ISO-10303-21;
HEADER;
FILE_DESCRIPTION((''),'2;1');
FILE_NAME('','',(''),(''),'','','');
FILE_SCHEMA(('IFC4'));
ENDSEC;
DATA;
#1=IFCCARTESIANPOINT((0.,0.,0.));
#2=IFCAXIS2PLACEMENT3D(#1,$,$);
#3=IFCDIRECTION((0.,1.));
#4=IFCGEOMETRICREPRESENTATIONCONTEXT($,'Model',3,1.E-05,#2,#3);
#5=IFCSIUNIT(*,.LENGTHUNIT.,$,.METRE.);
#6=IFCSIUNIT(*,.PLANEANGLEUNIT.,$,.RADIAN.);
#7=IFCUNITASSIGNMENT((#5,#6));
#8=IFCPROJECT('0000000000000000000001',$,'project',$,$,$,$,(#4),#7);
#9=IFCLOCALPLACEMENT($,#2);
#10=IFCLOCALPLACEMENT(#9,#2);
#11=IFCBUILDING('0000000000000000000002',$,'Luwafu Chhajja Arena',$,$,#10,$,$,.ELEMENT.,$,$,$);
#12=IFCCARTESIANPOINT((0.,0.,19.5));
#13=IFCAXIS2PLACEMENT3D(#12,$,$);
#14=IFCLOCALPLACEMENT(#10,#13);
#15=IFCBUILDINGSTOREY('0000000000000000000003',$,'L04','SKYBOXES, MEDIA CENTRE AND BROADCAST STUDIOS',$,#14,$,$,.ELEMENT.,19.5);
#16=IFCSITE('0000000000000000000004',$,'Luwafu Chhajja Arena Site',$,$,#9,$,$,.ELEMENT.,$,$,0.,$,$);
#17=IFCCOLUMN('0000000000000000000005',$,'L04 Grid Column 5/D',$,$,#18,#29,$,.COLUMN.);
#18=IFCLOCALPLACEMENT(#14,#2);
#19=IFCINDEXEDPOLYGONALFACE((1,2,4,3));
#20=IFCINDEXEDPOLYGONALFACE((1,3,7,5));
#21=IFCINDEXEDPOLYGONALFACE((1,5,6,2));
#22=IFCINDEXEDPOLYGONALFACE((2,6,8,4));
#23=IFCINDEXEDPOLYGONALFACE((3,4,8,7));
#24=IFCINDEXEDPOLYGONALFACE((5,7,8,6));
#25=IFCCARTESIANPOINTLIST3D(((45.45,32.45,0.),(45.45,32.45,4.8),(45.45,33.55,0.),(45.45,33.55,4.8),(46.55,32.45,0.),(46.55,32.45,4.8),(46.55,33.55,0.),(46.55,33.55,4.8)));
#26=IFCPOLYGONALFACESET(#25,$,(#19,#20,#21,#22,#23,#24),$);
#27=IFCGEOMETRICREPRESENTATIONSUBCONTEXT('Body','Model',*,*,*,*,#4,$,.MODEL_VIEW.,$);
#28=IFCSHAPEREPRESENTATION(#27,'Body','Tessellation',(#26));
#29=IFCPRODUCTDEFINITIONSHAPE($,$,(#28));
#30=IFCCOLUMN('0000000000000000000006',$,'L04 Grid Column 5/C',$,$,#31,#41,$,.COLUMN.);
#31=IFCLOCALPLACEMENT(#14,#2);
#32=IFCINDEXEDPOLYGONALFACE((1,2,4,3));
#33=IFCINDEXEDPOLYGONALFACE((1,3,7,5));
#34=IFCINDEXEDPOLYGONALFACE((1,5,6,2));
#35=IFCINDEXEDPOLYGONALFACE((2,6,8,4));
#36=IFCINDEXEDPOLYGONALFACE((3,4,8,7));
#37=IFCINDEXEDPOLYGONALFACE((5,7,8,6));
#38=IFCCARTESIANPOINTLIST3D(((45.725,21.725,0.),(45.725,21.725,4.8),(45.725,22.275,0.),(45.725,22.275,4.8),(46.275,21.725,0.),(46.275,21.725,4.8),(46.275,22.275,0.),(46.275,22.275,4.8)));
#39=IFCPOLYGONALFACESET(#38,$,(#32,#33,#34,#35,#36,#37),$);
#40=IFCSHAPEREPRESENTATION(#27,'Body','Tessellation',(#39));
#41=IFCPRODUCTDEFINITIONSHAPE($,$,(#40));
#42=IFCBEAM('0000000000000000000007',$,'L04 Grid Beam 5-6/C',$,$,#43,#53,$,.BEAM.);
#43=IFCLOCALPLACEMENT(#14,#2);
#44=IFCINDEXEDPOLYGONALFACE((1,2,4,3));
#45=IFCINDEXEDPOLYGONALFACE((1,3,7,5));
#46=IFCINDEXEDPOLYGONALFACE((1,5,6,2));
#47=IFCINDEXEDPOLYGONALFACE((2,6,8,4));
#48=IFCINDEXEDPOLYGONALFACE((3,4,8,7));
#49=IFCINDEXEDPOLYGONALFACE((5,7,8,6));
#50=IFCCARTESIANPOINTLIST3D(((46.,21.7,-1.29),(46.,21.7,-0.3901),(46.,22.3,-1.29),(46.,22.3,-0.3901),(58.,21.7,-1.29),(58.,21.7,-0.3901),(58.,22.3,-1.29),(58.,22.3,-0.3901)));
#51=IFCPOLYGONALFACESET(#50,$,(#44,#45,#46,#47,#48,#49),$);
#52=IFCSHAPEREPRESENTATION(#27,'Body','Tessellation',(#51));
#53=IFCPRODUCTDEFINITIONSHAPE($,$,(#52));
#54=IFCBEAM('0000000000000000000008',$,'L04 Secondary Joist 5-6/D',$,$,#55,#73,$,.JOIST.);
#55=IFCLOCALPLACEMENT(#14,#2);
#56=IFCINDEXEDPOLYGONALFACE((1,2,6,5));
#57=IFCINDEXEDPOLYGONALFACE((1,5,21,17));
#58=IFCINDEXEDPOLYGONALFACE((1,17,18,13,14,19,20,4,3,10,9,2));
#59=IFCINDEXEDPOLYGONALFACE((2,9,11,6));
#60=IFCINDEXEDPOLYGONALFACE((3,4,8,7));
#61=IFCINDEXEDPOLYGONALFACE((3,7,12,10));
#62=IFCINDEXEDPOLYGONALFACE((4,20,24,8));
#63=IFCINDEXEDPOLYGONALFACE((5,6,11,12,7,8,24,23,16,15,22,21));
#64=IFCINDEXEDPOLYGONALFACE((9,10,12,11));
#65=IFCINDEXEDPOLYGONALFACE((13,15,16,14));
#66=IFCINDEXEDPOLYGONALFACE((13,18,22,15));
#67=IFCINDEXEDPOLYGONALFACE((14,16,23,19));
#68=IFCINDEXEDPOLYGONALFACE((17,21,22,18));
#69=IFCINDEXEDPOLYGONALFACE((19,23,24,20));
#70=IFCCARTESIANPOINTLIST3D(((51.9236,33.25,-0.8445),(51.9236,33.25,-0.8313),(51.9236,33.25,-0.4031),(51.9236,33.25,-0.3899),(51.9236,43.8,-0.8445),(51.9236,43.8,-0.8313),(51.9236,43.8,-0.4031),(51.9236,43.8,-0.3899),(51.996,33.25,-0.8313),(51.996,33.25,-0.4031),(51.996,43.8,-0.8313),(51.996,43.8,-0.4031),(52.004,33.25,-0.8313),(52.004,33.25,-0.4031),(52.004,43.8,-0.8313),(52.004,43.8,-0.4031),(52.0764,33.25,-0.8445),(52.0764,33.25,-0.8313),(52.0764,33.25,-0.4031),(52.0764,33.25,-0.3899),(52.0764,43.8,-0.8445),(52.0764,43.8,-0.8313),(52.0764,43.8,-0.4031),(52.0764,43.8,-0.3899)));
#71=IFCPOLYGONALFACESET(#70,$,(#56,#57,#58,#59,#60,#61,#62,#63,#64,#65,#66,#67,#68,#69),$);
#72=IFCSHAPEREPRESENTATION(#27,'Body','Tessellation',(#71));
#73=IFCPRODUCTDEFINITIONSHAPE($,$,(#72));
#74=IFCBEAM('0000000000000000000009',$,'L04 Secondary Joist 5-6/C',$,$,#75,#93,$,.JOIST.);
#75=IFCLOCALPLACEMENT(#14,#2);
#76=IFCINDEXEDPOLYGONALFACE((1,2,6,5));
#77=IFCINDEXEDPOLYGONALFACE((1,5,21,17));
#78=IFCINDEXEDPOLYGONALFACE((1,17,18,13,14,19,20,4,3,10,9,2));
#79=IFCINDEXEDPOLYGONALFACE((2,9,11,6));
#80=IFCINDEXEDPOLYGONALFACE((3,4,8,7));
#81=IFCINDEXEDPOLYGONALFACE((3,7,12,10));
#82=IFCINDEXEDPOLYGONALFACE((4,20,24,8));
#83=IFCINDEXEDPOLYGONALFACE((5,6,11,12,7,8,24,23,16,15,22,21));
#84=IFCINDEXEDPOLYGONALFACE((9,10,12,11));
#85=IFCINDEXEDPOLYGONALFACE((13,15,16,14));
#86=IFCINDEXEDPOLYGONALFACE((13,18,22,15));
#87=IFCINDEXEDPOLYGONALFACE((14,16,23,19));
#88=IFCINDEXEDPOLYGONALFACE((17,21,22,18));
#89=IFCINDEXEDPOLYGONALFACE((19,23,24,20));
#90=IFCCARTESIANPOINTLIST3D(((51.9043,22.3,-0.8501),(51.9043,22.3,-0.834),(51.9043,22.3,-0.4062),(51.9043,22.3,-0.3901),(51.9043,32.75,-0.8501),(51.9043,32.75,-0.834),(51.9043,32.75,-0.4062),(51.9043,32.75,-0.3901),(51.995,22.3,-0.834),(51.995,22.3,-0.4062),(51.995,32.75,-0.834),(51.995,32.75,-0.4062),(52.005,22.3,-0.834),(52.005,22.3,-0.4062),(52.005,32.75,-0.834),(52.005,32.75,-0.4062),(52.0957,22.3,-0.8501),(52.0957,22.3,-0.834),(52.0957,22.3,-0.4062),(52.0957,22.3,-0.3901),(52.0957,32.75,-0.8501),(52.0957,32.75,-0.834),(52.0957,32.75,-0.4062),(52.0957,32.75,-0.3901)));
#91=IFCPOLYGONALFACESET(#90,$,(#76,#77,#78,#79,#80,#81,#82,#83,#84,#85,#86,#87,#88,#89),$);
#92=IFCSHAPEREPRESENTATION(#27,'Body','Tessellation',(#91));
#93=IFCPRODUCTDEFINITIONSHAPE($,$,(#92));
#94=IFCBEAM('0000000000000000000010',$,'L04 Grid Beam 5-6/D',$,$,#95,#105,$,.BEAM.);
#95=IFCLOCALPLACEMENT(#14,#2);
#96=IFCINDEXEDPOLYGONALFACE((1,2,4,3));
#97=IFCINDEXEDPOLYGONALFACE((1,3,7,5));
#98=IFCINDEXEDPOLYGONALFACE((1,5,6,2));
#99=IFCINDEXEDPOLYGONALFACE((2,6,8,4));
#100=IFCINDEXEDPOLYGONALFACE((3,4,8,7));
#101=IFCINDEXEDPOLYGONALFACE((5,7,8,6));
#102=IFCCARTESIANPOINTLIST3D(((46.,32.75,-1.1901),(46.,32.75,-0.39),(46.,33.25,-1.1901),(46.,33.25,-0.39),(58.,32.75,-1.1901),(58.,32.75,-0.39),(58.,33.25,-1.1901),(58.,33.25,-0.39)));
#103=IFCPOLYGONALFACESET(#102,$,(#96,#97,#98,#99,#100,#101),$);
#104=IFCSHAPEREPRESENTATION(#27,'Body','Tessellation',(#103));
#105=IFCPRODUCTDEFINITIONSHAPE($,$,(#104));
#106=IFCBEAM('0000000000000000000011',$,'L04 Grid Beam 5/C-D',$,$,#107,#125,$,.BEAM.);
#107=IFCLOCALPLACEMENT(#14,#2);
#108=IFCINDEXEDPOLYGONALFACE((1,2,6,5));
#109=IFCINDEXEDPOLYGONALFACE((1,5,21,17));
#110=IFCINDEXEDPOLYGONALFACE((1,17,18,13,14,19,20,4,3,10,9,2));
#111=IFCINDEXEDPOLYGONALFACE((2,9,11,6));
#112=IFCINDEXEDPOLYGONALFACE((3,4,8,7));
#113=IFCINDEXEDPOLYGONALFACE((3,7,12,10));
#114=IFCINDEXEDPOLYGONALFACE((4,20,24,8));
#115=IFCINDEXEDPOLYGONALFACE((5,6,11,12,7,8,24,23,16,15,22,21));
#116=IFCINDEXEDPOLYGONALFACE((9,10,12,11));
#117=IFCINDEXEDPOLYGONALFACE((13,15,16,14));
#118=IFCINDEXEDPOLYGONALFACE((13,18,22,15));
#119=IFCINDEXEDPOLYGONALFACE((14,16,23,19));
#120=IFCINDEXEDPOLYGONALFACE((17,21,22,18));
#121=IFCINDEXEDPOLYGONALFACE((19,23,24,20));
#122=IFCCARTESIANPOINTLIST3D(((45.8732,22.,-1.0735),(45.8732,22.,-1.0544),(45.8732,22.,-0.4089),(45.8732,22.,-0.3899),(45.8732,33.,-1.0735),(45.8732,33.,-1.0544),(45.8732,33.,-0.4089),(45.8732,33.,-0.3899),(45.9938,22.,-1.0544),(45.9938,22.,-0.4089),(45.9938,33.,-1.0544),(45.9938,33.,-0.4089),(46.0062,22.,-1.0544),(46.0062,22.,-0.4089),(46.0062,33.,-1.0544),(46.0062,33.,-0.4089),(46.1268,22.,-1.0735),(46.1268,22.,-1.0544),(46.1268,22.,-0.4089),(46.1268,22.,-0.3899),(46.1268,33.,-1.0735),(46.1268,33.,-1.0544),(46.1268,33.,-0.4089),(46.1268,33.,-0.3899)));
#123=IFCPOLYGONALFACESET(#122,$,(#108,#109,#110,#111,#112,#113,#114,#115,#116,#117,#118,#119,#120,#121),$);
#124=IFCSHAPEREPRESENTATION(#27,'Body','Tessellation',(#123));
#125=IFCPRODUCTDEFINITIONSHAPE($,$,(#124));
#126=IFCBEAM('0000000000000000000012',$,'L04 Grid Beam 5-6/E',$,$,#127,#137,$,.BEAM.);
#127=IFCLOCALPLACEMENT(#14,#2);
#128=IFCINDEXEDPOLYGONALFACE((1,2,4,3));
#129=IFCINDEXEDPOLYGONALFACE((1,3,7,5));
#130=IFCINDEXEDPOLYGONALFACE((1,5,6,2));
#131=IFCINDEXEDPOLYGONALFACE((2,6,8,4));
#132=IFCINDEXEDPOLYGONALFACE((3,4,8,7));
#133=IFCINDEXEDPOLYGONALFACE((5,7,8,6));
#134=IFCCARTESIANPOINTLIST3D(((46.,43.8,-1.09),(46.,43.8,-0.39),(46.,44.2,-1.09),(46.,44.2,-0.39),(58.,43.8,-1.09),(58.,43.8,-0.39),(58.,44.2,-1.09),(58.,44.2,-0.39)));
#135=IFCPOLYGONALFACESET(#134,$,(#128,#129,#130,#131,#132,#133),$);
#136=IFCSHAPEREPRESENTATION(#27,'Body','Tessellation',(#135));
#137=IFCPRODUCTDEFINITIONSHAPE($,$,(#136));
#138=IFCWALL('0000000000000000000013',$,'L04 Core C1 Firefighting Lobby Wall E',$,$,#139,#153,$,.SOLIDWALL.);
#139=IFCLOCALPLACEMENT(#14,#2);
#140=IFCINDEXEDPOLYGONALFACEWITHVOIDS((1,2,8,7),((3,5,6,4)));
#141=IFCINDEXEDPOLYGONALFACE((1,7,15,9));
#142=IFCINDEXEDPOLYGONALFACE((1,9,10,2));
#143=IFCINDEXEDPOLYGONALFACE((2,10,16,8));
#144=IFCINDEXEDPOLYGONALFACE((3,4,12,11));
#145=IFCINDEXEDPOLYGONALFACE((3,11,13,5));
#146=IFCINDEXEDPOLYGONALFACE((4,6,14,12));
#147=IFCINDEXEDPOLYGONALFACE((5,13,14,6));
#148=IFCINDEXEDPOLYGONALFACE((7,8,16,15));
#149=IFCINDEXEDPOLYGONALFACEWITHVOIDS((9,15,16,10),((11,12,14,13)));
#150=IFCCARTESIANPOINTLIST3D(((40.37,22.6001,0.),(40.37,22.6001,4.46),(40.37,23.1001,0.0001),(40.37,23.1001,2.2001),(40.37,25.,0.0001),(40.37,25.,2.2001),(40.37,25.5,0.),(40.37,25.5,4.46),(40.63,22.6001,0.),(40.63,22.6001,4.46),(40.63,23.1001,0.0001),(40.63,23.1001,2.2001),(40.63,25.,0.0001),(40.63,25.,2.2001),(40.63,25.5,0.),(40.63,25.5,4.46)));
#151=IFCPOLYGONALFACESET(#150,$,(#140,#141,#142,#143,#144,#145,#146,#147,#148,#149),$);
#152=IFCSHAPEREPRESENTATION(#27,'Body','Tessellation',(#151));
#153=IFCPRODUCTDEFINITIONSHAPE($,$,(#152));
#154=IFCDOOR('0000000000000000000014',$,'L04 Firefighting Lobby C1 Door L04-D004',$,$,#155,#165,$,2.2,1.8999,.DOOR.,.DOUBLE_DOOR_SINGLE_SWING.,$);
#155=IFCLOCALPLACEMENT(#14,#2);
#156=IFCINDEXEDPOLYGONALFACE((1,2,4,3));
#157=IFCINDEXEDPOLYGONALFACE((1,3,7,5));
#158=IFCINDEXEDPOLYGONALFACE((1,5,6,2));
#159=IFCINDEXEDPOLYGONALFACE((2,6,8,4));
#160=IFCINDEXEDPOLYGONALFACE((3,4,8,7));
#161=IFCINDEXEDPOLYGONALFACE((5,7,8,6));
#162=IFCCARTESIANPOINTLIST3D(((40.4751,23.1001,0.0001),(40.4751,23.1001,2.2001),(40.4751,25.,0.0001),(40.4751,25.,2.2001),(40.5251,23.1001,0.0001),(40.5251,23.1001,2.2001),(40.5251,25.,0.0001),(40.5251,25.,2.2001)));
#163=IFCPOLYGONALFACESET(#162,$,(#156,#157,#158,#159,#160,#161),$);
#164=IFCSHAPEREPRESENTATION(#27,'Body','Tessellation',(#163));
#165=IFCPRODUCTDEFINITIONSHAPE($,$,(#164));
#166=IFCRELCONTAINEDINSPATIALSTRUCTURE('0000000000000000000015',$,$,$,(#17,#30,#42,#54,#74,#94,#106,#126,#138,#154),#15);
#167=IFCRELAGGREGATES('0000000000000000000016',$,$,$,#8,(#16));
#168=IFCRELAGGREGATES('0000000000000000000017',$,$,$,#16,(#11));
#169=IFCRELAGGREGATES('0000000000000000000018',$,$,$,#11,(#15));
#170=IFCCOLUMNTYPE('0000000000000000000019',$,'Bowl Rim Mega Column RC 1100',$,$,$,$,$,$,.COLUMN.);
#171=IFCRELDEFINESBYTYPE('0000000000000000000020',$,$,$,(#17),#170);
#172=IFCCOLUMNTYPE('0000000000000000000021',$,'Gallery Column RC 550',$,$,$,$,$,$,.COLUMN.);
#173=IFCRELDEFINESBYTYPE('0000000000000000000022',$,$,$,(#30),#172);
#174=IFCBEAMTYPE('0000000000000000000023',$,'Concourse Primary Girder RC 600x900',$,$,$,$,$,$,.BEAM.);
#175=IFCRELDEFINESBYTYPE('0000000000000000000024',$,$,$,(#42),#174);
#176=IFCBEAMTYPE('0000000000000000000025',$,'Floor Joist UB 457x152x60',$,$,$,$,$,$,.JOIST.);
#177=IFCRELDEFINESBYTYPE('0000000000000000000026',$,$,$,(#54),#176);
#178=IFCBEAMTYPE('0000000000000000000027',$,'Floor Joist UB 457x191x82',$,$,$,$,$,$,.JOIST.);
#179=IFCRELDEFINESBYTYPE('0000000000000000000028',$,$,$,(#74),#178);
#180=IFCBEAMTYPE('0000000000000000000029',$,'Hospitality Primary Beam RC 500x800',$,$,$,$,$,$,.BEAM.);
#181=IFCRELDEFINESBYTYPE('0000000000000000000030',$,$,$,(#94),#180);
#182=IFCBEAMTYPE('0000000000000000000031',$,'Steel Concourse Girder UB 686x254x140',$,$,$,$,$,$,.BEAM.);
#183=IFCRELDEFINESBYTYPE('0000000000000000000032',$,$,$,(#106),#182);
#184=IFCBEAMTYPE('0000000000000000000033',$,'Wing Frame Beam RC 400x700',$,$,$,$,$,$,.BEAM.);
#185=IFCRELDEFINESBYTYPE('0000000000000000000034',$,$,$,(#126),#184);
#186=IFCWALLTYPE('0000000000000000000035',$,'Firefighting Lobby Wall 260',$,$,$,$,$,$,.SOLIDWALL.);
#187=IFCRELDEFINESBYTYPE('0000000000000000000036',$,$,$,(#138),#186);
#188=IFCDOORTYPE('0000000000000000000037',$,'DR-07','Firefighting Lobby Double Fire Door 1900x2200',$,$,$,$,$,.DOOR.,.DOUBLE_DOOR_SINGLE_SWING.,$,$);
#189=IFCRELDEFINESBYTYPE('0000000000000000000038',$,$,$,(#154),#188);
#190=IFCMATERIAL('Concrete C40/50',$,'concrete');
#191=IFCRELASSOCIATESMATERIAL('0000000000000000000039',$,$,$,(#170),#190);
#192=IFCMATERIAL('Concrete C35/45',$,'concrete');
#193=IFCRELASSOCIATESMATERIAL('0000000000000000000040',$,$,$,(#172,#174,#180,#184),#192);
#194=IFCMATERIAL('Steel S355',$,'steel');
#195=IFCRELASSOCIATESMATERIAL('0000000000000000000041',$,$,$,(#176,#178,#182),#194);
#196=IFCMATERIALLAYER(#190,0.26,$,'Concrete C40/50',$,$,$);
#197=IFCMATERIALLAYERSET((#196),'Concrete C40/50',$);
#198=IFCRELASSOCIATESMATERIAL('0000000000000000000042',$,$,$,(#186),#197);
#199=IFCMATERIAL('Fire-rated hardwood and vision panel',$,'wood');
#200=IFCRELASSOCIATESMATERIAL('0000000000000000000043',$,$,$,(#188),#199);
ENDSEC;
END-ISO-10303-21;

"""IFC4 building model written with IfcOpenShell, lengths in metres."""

from ifc_helpers import new_model, si_unit, direction, frame, frame_2d, origin, origin_2d, place, context, subcontext, project, spatial, rectangle, i_section, extrude, material, layer, layer_set, material_profile, profile_set, type_object, element, fill, save


model = new_model("IFC4")

# Units and contexts
model_context = context("Model", 3, precision=1e-05, world=origin(), true_north=direction((0.0, 1.0)))
body_context = subcontext(model_context, "Body", "Model", "MODEL_VIEW")
ifc_project = project(units=[si_unit("LENGTHUNIT", "METRE"), si_unit("PLANEANGLEUNIT", "RADIAN")], contexts=[model_context])

# Site, building, storey
site_placement = place(None, origin())
site = spatial("IfcSite", under=ifc_project, at=site_placement, Name="Luwafu Chhajja Arena Site", CompositionType="ELEMENT", RefElevation=0.0)
building_placement = place(site_placement, origin())
building = spatial("IfcBuilding", under=site, at=building_placement, Name="Luwafu Chhajja Arena", CompositionType="ELEMENT")
storey_placement = place(building_placement, frame((0.0, 0.0, 19.5)))
storey = spatial("IfcBuildingStorey", under=building, at=storey_placement, Name="L04", Description="SKYBOXES, MEDIA CENTRE AND BROADCAST STUDIOS", CompositionType="ELEMENT", Elevation=19.5)

# Columns
ifc_material_1 = material(Name="Concrete C40/50", Category="concrete")
ifc_material_profile_1 = material_profile(ifc_material_1, rectangle(XDim=1.1001, YDim=1.1001, at=origin_2d()), Name="RC 1100x1100")
ifc_profile_set_1 = profile_set([ifc_material_profile_1], Name="Concrete C40/50")
column_type_1 = type_object("IfcColumnType", Name="Bowl Rim Mega Column RC 1100", PredefinedType="COLUMN", material=ifc_profile_set_1)
column_1_placement = place(storey_placement, frame((46.0, 33.0, 0.0), z_axis=(0.0, 0.0, 1.0), x_axis=(1.0, 0.0, 0.0)))
element("IfcColumn", 1, at=column_1_placement, inside=storey, type_object=column_type_1, Name="L04 Grid Column 5/D", PredefinedType="COLUMN", context=body_context, shape_type="SweptSolid", body=[
    extrude(rectangle(XDim=1.1001, YDim=1.1001, at=origin_2d()), origin(), (0.0, 0.0, 1.0), 4.8),
])
ifc_material_2 = material(Name="Concrete C35/45", Category="concrete")
ifc_material_profile_2 = material_profile(ifc_material_2, rectangle(XDim=0.55, YDim=0.55, at=origin_2d()), Name="RC 550x550")
ifc_profile_set_2 = profile_set([ifc_material_profile_2], Name="Concrete C35/45")
column_type_2 = type_object("IfcColumnType", Name="Gallery Column RC 550", PredefinedType="COLUMN", material=ifc_profile_set_2)
column_2_placement = place(storey_placement, frame((46.0, 22.0, 0.0), z_axis=(0.0, 0.0, 1.0), x_axis=(1.0, 0.0, 0.0)))
element("IfcColumn", 2, at=column_2_placement, inside=storey, type_object=column_type_2, Name="L04 Grid Column 5/C", PredefinedType="COLUMN", context=body_context, shape_type="SweptSolid", body=[
    extrude(rectangle(XDim=0.55, YDim=0.55, at=origin_2d()), origin(), (0.0, 0.0, 1.0), 4.8),
])

# Beams
ifc_material_profile_3 = material_profile(ifc_material_2, rectangle(XDim=0.6001, YDim=0.8999, at=origin_2d()), Name="RC 600x900")
ifc_profile_set_3 = profile_set([ifc_material_profile_3], Name="Concrete C35/45")
beam_type_1 = type_object("IfcBeamType", Name="Concourse Primary Girder RC 600x900", PredefinedType="BEAM", material=ifc_profile_set_3)
beam_1_placement = place(storey_placement, frame((46.0, 22.0, -0.8401), z_axis=(1.0, 0.0, 0.0), x_axis=(0.0, 1.0, 0.0)))
element("IfcBeam", 3, at=beam_1_placement, inside=storey, type_object=beam_type_1, Name="L04 Grid Beam 5-6/C", PredefinedType="BEAM", context=body_context, shape_type="SweptSolid", body=[
    extrude(rectangle(XDim=0.6001, YDim=0.8999, at=origin_2d()), origin(), (0.0, 0.0, 1.0), 12.0),
])
ifc_material_3 = material(Name="Steel S355", Category="steel")
ifc_material_profile_4 = material_profile(ifc_material_3, i_section(OverallWidth=0.1528, OverallDepth=0.4546, WebThickness=0.0081, FlangeThickness=0.0132, at=origin_2d()), Name="UB 457x152x60")
ifc_profile_set_4 = profile_set([ifc_material_profile_4], Name="Steel S355")
beam_type_2 = type_object("IfcBeamType", Name="Floor Joist UB 457x152x60", PredefinedType="JOIST", material=ifc_profile_set_4)
beam_2_placement = place(storey_placement, frame((52.0, 33.25, -0.6172), z_axis=(0.0, 1.0, 0.0), x_axis=(-1.0, 0.0, 0.0)))
element("IfcBeam", 4, at=beam_2_placement, inside=storey, type_object=beam_type_2, Name="L04 Secondary Joist 5-6/D", PredefinedType="JOIST", context=body_context, shape_type="SweptSolid", body=[
    extrude(i_section(OverallWidth=0.1528, OverallDepth=0.4546, WebThickness=0.0081, FlangeThickness=0.0132, at=origin_2d()), origin(), (0.0, 0.0, 1.0), 10.55),
])
ifc_material_profile_5 = material_profile(ifc_material_3, i_section(OverallWidth=0.1914, OverallDepth=0.46, WebThickness=0.01, FlangeThickness=0.0161, at=origin_2d()), Name="UB 457x191x82")
ifc_profile_set_5 = profile_set([ifc_material_profile_5], Name="Steel S355")
beam_type_3 = type_object("IfcBeamType", Name="Floor Joist UB 457x191x82", PredefinedType="JOIST", material=ifc_profile_set_5)
beam_3_placement = place(storey_placement, frame((52.0, 22.3, -0.6201), z_axis=(0.0, 1.0, 0.0), x_axis=(-1.0, 0.0, 0.0)))
element("IfcBeam", 5, at=beam_3_placement, inside=storey, type_object=beam_type_3, Name="L04 Secondary Joist 5-6/C", PredefinedType="JOIST", context=body_context, shape_type="SweptSolid", body=[
    extrude(i_section(OverallWidth=0.1914, OverallDepth=0.46, WebThickness=0.01, FlangeThickness=0.0161, at=origin_2d()), origin(), (0.0, 0.0, 1.0), 10.45),
])
ifc_material_profile_6 = material_profile(ifc_material_2, rectangle(XDim=0.5, YDim=0.8, at=origin_2d()), Name="RC 500x800")
ifc_profile_set_6 = profile_set([ifc_material_profile_6], Name="Concrete C35/45")
beam_type_4 = type_object("IfcBeamType", Name="Hospitality Primary Beam RC 500x800", PredefinedType="BEAM", material=ifc_profile_set_6)
beam_4_placement = place(storey_placement, frame((46.0, 33.0, -0.79), z_axis=(1.0, 0.0, 0.0), x_axis=(0.0, 1.0, 0.0)))
element("IfcBeam", 6, at=beam_4_placement, inside=storey, type_object=beam_type_4, Name="L04 Grid Beam 5-6/D", PredefinedType="BEAM", context=body_context, shape_type="SweptSolid", body=[
    extrude(rectangle(XDim=0.5, YDim=0.8, at=origin_2d()), origin(), (0.0, 0.0, 1.0), 12.0),
])
ifc_material_profile_7 = material_profile(ifc_material_3, i_section(OverallWidth=0.2537, OverallDepth=0.6836, WebThickness=0.0125, FlangeThickness=0.019, at=origin_2d()), Name="UB 686x254x140")
ifc_profile_set_7 = profile_set([ifc_material_profile_7], Name="Steel S355")
beam_type_5 = type_object("IfcBeamType", Name="Steel Concourse Girder UB 686x254x140", PredefinedType="BEAM", material=ifc_profile_set_7)
beam_5_placement = place(storey_placement, frame((46.0, 22.0, -0.7317), z_axis=(0.0, 1.0, 0.0), x_axis=(-1.0, 0.0, 0.0)))
element("IfcBeam", 7, at=beam_5_placement, inside=storey, type_object=beam_type_5, Name="L04 Grid Beam 5/C-D", PredefinedType="BEAM", context=body_context, shape_type="SweptSolid", body=[
    extrude(i_section(OverallWidth=0.2537, OverallDepth=0.6836, WebThickness=0.0125, FlangeThickness=0.019, at=origin_2d()), origin(), (0.0, 0.0, 1.0), 11.0),
])
ifc_material_profile_8 = material_profile(ifc_material_2, rectangle(XDim=0.3999, YDim=0.7, at=origin_2d()), Name="RC 400x700")
ifc_profile_set_8 = profile_set([ifc_material_profile_8], Name="Concrete C35/45")
beam_type_6 = type_object("IfcBeamType", Name="Wing Frame Beam RC 400x700", PredefinedType="BEAM", material=ifc_profile_set_8)
beam_6_placement = place(storey_placement, frame((46.0, 44.0, -0.74), z_axis=(1.0, 0.0, 0.0), x_axis=(0.0, 1.0, 0.0)))
element("IfcBeam", 8, at=beam_6_placement, inside=storey, type_object=beam_type_6, Name="L04 Grid Beam 5-6/E", PredefinedType="BEAM", context=body_context, shape_type="SweptSolid", body=[
    extrude(rectangle(XDim=0.3999, YDim=0.7, at=origin_2d()), origin(), (0.0, 0.0, 1.0), 12.0),
])

# Wall, opening, door
ifc_layer_1 = layer(ifc_material_1, 0.26, Name="Concrete C40/50")
ifc_layer_set_1 = layer_set([ifc_layer_1], Name="Concrete C40/50")
wall_type_1 = type_object("IfcWallType", Name="Firefighting Lobby Wall 260", PredefinedType="SOLIDWALL", material=ifc_layer_set_1)
wall_1_placement = place(storey_placement, frame((40.5, 22.6001, 0.0), z_axis=(0.0, 0.0, 1.0), x_axis=(0.0, 1.0, 0.0)))
wall_1 = element("IfcWall", 9, at=wall_1_placement, inside=storey, type_object=wall_type_1, Name="L04 Core C1 Firefighting Lobby Wall E", PredefinedType="SOLIDWALL", context=body_context, shape_type="SweptSolid", body=[
    extrude(rectangle(XDim=2.8999, YDim=0.26, at=frame_2d((1.45, 0.0))), origin(), (0.0, 0.0, 1.0), 4.46),
])
opening_1_placement = place(wall_1_placement, frame((0.5, 0.0, 0.0)))
opening_1 = element("IfcOpeningElement", 10, at=opening_1_placement, cuts=wall_1, PredefinedType="OPENING", context=body_context, shape_type="SweptSolid", body=[
    extrude(rectangle(XDim=1.8999, YDim=2.2, at=frame_2d((0.95, 1.1001))), frame((0.0, 0.1399, 0.0), z_axis=(0.0, -1.0, 0.0), x_axis=(1.0, 0.0, 0.0)), (0.0, 0.0, 1.0), 0.28),
])
ifc_material_4 = material(Name="Fire-rated hardwood and vision panel", Category="wood")
door_type_1 = type_object("IfcDoorType", Name="DR-07", Description="Firefighting Lobby Double Fire Door 1900x2200", OperationType="DOUBLE_DOOR_SINGLE_SWING", PredefinedType="DOOR", material=ifc_material_4)
door_1_placement = place(opening_1_placement, origin())
door_1 = element("IfcDoor", 11, at=door_1_placement, inside=storey, type_object=door_type_1, Name="L04 Firefighting Lobby C1 Door L04-D004", OperationType="DOUBLE_DOOR_SINGLE_SWING", OverallHeight=2.2, OverallWidth=1.8999, PredefinedType="DOOR", context=body_context, shape_type="SweptSolid", body=[
    extrude(rectangle(XDim=1.8999, YDim=2.2, at=frame_2d((0.95, 1.1001))), frame((0.0, 0.0249, 0.0), z_axis=(0.0, -1.0, 0.0), x_axis=(1.0, 0.0, 0.0)), (0.0, 0.0, 1.0), 0.05),
])
fill(opening_1, door_1)

save(model, "model.ifc")
